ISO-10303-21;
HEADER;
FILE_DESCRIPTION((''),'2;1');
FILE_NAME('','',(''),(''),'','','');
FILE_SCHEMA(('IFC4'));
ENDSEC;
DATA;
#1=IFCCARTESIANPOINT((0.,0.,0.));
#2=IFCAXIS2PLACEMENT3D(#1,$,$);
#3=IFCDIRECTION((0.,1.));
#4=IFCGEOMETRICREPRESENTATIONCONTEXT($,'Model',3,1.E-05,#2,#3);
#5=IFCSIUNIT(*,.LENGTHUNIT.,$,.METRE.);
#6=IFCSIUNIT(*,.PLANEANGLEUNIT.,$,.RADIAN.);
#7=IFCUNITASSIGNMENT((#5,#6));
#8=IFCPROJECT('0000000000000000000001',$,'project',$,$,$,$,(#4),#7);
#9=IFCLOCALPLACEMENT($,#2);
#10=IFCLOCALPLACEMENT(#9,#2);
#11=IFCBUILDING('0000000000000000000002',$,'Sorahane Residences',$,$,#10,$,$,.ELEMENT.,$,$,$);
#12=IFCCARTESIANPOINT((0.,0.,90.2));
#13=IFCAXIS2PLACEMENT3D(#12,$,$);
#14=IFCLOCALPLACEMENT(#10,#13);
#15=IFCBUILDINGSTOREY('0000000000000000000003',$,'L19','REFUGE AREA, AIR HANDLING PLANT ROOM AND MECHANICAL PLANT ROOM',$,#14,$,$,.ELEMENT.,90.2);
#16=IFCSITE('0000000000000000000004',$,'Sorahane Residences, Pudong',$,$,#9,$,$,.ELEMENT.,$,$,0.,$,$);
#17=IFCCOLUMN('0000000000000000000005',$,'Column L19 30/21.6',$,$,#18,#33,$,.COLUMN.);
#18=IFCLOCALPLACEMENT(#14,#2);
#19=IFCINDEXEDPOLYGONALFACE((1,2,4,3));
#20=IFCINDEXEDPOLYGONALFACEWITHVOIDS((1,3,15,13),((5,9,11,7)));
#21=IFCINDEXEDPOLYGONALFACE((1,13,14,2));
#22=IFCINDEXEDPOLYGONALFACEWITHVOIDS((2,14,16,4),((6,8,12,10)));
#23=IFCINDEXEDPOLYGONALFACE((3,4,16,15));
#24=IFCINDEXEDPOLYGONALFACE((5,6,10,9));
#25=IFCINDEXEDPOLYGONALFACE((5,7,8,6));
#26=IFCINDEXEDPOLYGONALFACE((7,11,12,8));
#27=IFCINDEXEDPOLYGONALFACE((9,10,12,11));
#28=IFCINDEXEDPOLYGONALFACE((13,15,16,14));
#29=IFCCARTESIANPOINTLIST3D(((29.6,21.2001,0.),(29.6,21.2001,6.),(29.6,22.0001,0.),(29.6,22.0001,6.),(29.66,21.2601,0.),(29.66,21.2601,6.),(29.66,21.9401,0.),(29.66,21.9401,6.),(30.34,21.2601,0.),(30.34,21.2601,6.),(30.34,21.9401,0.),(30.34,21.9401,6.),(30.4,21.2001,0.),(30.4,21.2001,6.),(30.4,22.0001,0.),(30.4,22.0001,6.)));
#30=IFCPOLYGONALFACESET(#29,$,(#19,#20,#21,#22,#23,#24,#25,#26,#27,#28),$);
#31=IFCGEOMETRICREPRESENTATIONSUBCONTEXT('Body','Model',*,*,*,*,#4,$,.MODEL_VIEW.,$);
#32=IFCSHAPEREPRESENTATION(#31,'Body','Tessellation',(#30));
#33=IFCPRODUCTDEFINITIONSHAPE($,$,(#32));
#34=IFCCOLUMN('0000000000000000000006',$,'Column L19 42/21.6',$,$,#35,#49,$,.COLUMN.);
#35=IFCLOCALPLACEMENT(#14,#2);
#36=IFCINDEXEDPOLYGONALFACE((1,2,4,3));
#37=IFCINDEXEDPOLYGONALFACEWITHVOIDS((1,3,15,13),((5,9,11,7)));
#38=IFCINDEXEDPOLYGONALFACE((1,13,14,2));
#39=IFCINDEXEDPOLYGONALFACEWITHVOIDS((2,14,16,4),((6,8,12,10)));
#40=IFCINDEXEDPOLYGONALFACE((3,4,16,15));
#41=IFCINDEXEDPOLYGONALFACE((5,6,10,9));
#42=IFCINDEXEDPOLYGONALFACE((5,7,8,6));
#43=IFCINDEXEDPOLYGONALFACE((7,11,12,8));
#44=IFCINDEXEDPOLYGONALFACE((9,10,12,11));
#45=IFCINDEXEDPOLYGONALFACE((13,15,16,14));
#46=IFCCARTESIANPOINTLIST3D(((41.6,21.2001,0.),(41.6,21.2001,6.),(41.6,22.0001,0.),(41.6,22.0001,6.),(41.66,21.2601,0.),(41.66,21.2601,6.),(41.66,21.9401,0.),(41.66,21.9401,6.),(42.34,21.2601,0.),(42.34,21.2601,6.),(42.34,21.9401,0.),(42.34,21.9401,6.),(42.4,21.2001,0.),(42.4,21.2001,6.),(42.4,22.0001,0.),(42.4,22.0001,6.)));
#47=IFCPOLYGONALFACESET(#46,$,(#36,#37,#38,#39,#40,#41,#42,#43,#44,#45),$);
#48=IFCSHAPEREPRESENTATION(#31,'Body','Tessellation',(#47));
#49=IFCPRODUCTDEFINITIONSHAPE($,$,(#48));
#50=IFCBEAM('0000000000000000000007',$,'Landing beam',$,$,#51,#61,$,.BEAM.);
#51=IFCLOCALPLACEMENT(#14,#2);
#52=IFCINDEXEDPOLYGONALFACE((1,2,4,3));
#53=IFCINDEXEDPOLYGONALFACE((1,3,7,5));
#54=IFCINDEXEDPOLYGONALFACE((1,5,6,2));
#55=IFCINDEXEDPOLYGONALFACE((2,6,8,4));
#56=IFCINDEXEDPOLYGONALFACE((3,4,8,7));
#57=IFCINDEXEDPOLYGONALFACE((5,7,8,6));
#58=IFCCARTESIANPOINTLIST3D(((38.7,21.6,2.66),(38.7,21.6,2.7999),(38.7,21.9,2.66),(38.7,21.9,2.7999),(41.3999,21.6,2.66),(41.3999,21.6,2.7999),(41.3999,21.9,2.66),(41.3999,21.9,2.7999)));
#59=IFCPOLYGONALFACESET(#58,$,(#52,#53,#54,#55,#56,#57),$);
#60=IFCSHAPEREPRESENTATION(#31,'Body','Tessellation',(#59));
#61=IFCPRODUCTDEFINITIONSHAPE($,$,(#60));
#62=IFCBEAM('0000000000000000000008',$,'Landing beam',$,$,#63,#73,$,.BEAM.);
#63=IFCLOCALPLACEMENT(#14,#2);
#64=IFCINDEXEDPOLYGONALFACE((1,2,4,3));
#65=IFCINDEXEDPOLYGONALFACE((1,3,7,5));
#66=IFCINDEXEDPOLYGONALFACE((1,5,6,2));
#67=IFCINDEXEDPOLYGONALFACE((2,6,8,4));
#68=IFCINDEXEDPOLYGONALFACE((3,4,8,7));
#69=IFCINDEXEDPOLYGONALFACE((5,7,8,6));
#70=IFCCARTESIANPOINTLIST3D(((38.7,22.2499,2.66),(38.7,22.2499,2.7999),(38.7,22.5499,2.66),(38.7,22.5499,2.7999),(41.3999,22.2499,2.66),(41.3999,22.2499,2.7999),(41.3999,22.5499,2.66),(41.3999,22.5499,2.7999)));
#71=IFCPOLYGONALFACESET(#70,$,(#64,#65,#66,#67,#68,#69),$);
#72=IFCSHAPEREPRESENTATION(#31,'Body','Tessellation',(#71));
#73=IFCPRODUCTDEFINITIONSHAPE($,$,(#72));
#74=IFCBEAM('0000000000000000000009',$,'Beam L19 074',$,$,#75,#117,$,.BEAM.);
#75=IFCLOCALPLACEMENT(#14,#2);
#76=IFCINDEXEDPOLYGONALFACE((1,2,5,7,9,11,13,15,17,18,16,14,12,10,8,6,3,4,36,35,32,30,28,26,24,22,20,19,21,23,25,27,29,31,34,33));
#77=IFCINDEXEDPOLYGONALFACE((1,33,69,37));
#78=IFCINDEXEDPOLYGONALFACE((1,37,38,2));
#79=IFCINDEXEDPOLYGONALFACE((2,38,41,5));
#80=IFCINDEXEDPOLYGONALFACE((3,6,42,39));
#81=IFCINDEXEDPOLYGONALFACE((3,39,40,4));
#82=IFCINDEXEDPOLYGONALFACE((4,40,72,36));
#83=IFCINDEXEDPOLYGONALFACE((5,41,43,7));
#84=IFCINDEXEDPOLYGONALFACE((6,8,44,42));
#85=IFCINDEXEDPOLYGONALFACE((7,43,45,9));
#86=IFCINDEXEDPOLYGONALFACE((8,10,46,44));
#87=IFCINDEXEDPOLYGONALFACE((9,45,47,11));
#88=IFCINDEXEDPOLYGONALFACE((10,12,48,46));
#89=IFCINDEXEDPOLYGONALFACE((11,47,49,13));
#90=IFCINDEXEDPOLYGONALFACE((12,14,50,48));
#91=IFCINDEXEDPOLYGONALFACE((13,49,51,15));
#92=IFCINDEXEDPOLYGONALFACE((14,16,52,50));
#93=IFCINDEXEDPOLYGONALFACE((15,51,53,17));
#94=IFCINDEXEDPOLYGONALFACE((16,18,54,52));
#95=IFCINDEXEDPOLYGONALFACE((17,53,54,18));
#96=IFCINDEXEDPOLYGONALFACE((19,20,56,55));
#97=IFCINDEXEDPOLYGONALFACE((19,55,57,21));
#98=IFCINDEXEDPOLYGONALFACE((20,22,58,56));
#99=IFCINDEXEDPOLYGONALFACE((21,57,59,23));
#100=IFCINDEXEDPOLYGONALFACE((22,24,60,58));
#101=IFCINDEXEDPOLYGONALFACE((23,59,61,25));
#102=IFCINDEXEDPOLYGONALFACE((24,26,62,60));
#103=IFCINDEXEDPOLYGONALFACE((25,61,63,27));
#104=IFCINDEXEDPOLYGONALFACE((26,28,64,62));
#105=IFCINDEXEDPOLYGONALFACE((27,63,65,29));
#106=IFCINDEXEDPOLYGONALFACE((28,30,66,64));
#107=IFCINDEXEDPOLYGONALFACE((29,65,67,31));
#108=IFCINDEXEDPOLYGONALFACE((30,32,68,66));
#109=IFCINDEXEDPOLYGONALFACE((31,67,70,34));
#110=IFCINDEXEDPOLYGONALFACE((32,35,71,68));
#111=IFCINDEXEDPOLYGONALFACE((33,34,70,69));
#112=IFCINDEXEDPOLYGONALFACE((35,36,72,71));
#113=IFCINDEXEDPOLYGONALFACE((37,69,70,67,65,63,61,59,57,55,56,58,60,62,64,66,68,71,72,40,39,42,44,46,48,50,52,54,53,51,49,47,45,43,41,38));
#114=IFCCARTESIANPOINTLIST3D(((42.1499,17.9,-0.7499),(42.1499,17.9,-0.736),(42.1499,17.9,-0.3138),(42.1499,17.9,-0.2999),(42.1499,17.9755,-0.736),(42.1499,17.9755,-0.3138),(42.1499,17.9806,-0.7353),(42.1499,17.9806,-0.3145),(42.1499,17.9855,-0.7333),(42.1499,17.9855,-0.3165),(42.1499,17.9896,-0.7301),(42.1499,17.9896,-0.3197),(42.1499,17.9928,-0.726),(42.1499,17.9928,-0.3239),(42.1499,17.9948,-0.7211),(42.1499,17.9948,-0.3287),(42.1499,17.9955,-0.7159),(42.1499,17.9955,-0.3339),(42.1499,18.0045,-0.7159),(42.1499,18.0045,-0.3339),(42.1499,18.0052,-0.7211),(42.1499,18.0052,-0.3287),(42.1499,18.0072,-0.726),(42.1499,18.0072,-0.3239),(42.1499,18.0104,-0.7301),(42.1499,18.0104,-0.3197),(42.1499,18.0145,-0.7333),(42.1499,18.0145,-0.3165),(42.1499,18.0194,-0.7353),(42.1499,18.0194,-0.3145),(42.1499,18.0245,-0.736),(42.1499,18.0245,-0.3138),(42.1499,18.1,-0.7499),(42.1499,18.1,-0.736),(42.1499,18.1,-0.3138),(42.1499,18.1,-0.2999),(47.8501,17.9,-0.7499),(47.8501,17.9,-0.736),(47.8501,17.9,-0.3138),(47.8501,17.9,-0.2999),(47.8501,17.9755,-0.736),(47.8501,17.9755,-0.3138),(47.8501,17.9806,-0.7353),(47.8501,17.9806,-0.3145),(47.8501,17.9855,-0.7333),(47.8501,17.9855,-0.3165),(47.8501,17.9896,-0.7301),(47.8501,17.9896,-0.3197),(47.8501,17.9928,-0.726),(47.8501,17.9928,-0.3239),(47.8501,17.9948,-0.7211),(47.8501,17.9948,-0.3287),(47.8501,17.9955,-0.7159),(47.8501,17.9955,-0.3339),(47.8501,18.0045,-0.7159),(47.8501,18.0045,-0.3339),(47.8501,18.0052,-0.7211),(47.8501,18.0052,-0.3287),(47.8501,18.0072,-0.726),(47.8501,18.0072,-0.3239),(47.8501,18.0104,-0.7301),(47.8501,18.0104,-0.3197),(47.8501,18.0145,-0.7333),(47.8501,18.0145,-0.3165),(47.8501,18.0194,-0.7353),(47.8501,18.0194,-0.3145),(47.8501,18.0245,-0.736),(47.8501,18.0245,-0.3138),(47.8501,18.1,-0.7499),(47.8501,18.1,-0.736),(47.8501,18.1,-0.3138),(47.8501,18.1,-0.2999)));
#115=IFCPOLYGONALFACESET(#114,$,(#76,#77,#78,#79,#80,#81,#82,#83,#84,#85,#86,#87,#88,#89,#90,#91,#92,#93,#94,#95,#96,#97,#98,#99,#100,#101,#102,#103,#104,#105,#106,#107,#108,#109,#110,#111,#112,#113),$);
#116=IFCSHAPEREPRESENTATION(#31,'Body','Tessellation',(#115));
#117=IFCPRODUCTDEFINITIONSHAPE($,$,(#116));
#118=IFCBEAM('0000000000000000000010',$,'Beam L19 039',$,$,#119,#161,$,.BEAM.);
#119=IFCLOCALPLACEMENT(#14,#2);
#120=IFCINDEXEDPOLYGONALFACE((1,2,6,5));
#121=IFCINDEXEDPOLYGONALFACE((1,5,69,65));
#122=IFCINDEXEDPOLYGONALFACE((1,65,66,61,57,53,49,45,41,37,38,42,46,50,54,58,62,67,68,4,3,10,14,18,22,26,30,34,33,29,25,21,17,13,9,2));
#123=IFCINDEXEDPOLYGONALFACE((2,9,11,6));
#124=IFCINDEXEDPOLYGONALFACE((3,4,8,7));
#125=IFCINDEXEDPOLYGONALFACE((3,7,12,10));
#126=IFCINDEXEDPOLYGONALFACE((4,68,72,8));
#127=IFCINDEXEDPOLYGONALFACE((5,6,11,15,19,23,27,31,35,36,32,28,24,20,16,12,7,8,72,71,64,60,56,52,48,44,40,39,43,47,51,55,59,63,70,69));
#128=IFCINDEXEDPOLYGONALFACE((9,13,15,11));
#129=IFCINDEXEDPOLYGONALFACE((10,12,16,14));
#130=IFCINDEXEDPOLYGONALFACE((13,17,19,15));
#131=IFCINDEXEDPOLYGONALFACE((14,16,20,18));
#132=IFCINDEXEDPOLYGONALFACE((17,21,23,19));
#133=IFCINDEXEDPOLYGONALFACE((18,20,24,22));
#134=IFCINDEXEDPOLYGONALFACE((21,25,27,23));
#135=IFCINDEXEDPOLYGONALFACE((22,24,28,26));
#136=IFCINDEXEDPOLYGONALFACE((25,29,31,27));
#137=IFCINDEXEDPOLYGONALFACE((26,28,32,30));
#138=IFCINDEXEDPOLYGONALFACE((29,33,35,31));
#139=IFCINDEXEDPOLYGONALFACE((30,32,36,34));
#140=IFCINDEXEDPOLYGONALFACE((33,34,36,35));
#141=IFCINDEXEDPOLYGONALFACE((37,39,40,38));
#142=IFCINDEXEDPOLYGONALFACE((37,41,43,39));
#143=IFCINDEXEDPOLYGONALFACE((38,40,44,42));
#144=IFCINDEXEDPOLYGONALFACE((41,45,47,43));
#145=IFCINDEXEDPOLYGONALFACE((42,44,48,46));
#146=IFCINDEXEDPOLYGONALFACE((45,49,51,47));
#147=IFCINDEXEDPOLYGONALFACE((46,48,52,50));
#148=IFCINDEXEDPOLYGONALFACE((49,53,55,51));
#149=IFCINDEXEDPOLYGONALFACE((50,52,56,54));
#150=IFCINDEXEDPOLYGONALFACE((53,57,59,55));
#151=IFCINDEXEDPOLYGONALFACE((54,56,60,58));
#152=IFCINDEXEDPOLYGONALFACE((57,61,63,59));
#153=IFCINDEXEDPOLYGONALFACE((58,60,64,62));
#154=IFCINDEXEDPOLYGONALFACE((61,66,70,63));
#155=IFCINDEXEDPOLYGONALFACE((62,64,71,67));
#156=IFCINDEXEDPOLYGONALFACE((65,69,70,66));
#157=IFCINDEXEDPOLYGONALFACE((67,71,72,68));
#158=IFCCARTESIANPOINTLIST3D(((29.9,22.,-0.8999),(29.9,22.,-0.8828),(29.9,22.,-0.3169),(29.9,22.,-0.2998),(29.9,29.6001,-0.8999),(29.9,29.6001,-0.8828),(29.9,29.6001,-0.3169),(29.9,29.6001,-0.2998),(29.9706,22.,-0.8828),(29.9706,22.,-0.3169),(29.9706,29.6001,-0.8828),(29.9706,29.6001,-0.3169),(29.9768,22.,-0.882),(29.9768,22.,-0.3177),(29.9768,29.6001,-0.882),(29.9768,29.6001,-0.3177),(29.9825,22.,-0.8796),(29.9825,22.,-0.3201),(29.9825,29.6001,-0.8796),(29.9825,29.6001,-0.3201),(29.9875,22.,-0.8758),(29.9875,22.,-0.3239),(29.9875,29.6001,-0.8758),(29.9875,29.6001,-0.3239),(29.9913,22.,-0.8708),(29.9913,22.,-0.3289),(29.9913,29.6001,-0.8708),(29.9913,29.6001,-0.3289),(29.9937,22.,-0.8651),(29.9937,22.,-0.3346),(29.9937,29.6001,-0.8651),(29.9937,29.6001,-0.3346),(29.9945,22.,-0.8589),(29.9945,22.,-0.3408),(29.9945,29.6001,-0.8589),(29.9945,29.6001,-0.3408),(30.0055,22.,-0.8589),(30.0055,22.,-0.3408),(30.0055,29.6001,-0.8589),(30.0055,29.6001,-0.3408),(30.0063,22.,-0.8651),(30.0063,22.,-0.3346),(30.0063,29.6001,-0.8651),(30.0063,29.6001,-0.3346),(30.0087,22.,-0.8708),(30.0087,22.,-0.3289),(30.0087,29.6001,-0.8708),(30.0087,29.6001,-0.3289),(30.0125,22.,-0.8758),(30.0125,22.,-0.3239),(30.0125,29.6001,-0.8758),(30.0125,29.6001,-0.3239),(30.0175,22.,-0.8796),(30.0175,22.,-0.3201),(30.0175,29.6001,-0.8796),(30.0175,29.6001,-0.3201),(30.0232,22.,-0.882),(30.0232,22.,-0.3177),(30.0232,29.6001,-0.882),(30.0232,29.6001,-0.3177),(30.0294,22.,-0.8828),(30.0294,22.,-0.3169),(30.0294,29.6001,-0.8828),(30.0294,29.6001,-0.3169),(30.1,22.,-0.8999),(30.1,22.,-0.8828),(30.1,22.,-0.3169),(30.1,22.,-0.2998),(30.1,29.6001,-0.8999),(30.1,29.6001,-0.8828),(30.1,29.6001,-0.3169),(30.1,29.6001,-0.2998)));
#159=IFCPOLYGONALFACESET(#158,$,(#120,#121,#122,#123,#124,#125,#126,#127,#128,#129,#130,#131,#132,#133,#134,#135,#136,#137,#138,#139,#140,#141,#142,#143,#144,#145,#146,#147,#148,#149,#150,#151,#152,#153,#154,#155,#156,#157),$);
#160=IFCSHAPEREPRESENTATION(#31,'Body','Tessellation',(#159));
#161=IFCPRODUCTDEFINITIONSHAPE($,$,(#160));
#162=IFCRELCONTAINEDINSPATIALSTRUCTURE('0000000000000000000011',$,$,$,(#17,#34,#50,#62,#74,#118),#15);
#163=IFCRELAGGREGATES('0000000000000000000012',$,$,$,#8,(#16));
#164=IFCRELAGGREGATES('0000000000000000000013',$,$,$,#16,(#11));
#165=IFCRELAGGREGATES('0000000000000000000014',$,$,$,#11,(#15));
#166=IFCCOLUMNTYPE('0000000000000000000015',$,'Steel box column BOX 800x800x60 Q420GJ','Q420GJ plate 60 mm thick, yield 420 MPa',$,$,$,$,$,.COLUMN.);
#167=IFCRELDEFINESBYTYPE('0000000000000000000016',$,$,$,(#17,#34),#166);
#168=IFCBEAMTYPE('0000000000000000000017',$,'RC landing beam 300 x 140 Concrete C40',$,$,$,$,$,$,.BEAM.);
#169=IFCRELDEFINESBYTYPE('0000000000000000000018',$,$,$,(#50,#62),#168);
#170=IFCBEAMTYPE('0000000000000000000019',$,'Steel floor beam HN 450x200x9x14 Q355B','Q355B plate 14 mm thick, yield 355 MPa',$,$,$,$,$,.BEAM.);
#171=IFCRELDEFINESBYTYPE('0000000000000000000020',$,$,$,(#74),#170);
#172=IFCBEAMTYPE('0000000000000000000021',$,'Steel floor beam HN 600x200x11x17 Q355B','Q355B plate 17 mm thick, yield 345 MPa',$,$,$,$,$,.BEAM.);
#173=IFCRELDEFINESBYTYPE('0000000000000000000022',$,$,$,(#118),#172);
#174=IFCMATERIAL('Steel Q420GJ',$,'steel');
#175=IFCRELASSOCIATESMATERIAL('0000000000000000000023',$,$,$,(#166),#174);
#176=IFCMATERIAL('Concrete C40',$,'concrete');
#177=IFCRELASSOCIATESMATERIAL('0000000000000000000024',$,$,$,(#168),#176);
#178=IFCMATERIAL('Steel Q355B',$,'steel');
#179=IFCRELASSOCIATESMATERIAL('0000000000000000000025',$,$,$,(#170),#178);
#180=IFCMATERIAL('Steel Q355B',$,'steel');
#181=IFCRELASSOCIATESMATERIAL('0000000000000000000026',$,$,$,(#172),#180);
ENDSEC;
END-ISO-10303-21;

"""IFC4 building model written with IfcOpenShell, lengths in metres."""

from ifc_helpers import new_model, si_unit, direction, frame, origin, origin_2d, place, context, subcontext, project, spatial, rectangle, hollow_rectangle, i_section, extrude, material, material_profile, profile_set, type_object, element, save


model = new_model("IFC4")

# Units and contexts
model_context = context("Model", 3, precision=1e-05, world=origin(), true_north=direction((0.0, 1.0)))
body_context = subcontext(model_context, "Body", "Model", "MODEL_VIEW")
ifc_project = project(units=[si_unit("LENGTHUNIT", "METRE"), si_unit("PLANEANGLEUNIT", "RADIAN")], contexts=[model_context])

# Site, building, storey
site_placement = place(None, origin())
site = spatial("IfcSite", under=ifc_project, at=site_placement, Name="Sorahane Residences, Pudong", CompositionType="ELEMENT", RefElevation=0.0)
building_placement = place(site_placement, origin())
building = spatial("IfcBuilding", under=site, at=building_placement, Name="Sorahane Residences", CompositionType="ELEMENT")
storey_placement = place(building_placement, frame((0.0, 0.0, 90.2)))
storey = spatial("IfcBuildingStorey", under=building, at=storey_placement, Name="L19", Description="REFUGE AREA, AIR HANDLING PLANT ROOM AND MECHANICAL PLANT ROOM", CompositionType="ELEMENT", Elevation=90.2)

# Columns
ifc_material_1 = material(Name="Steel Q420GJ", Category="steel")
ifc_material_profile_1 = material_profile(ifc_material_1, hollow_rectangle(XDim=0.8, YDim=0.8, WallThickness=0.0601, at=origin_2d()), Name="BOX 800x800x60")
ifc_profile_set_1 = profile_set([ifc_material_profile_1], Name="Steel Q420GJ")
column_type = type_object("IfcColumnType", Name="Steel box column BOX 800x800x60 Q420GJ", Description="Q420GJ plate 60 mm thick, yield 420 MPa", PredefinedType="COLUMN", material=ifc_profile_set_1)
for number, where, z_axis, x_axis, name in (
    (1, (30.0, 21.6001, 0.0), (0.0, 0.0, 1.0), (1.0, 0.0, 0.0), "Column L19 30/21.6"),
    (2, (42.0, 21.6001, 0.0), (0.0, 0.0, 1.0), (1.0, 0.0, 0.0), "Column L19 42/21.6"),
):
    element("IfcColumn", number, at=place(storey_placement, frame(where, z_axis=z_axis, x_axis=x_axis)), inside=storey, type_object=column_type, Name=name, PredefinedType="COLUMN", context=body_context, shape_type="SweptSolid", body=[
        extrude(hollow_rectangle(XDim=0.8, YDim=0.8, WallThickness=0.0601, at=origin_2d()), origin(), (0.0, 0.0, 1.0), 6.0),
    ])

# Beams
ifc_material_2 = material(Name="Concrete C40", Category="concrete")
ifc_material_profile_2 = material_profile(ifc_material_2, rectangle(XDim=0.3, YDim=0.1399, at=origin_2d()), Name="300x140")
ifc_profile_set_2 = profile_set([ifc_material_profile_2], Name="Concrete C40")
beam_type_1 = type_object("IfcBeamType", Name="RC landing beam 300 x 140 Concrete C40", PredefinedType="BEAM", material=ifc_profile_set_2)
for number, where, z_axis, x_axis, name in (
    (3, (38.7, 21.75, 2.73), (1.0, 0.0, 0.0), (0.0, 1.0, 0.0), "Landing beam"),
    (4, (38.7, 22.3999, 2.73), (1.0, 0.0, 0.0), (0.0, 1.0, 0.0), "Landing beam"),
):
    element("IfcBeam", number, at=place(storey_placement, frame(where, z_axis=z_axis, x_axis=x_axis)), inside=storey, type_object=beam_type_1, Name=name, PredefinedType="BEAM", context=body_context, shape_type="SweptSolid", body=[
        extrude(rectangle(XDim=0.3, YDim=0.1399, at=origin_2d()), origin(), (0.0, 0.0, 1.0), 2.7),
    ])
ifc_material_3 = material(Name="Steel Q355B", Category="steel")
ifc_material_profile_3 = material_profile(ifc_material_3, i_section(OverallWidth=0.2, OverallDepth=0.45, WebThickness=0.009, FlangeThickness=0.0139, FilletRadius=0.02, at=origin_2d()), Name="HN 450x200x9x14")
ifc_profile_set_3 = profile_set([ifc_material_profile_3], Name="Steel Q355B")
beam_type_2 = type_object("IfcBeamType", Name="Steel floor beam HN 450x200x9x14 Q355B", Description="Q355B plate 14 mm thick, yield 355 MPa", PredefinedType="BEAM", material=ifc_profile_set_3)
beam_1_placement = place(storey_placement, frame((42.1499, 18.0, -0.5249), z_axis=(1.0, 0.0, 0.0), x_axis=(0.0, 1.0, 0.0)))
element("IfcBeam", 5, at=beam_1_placement, inside=storey, type_object=beam_type_2, Name="Beam L19 074", PredefinedType="BEAM", context=body_context, shape_type="SweptSolid", body=[
    extrude(i_section(OverallWidth=0.2, OverallDepth=0.45, WebThickness=0.009, FlangeThickness=0.0139, FilletRadius=0.02, at=origin_2d()), origin(), (0.0, 0.0, 1.0), 5.7002),
])
ifc_material_4 = material(Name="Steel Q355B", Category="steel")
ifc_material_profile_4 = material_profile(ifc_material_4, i_section(OverallWidth=0.2, OverallDepth=0.6001, WebThickness=0.011, FlangeThickness=0.0171, FilletRadius=0.0239, at=origin_2d()), Name="HN 600x200x11x17")
ifc_profile_set_4 = profile_set([ifc_material_profile_4], Name="Steel Q355B")
beam_type_3 = type_object("IfcBeamType", Name="Steel floor beam HN 600x200x11x17 Q355B", Description="Q355B plate 17 mm thick, yield 345 MPa", PredefinedType="BEAM", material=ifc_profile_set_4)
for number, where, z_axis, x_axis, name in (
    (6, (30.0, 22.0, -0.5999), (0.0, 1.0, 0.0), (-1.0, 0.0, 0.0), "Beam L19 039"),
):
    element("IfcBeam", number, at=place(storey_placement, frame(where, z_axis=z_axis, x_axis=x_axis)), inside=storey, type_object=beam_type_3, Name=name, PredefinedType="BEAM", context=body_context, shape_type="SweptSolid", body=[
        extrude(i_section(OverallWidth=0.2, OverallDepth=0.6001, WebThickness=0.011, FlangeThickness=0.0171, FilletRadius=0.0239, at=origin_2d()), origin(), (0.0, 0.0, 1.0), 7.6001),
    ])

save(model, "model.ifc")
